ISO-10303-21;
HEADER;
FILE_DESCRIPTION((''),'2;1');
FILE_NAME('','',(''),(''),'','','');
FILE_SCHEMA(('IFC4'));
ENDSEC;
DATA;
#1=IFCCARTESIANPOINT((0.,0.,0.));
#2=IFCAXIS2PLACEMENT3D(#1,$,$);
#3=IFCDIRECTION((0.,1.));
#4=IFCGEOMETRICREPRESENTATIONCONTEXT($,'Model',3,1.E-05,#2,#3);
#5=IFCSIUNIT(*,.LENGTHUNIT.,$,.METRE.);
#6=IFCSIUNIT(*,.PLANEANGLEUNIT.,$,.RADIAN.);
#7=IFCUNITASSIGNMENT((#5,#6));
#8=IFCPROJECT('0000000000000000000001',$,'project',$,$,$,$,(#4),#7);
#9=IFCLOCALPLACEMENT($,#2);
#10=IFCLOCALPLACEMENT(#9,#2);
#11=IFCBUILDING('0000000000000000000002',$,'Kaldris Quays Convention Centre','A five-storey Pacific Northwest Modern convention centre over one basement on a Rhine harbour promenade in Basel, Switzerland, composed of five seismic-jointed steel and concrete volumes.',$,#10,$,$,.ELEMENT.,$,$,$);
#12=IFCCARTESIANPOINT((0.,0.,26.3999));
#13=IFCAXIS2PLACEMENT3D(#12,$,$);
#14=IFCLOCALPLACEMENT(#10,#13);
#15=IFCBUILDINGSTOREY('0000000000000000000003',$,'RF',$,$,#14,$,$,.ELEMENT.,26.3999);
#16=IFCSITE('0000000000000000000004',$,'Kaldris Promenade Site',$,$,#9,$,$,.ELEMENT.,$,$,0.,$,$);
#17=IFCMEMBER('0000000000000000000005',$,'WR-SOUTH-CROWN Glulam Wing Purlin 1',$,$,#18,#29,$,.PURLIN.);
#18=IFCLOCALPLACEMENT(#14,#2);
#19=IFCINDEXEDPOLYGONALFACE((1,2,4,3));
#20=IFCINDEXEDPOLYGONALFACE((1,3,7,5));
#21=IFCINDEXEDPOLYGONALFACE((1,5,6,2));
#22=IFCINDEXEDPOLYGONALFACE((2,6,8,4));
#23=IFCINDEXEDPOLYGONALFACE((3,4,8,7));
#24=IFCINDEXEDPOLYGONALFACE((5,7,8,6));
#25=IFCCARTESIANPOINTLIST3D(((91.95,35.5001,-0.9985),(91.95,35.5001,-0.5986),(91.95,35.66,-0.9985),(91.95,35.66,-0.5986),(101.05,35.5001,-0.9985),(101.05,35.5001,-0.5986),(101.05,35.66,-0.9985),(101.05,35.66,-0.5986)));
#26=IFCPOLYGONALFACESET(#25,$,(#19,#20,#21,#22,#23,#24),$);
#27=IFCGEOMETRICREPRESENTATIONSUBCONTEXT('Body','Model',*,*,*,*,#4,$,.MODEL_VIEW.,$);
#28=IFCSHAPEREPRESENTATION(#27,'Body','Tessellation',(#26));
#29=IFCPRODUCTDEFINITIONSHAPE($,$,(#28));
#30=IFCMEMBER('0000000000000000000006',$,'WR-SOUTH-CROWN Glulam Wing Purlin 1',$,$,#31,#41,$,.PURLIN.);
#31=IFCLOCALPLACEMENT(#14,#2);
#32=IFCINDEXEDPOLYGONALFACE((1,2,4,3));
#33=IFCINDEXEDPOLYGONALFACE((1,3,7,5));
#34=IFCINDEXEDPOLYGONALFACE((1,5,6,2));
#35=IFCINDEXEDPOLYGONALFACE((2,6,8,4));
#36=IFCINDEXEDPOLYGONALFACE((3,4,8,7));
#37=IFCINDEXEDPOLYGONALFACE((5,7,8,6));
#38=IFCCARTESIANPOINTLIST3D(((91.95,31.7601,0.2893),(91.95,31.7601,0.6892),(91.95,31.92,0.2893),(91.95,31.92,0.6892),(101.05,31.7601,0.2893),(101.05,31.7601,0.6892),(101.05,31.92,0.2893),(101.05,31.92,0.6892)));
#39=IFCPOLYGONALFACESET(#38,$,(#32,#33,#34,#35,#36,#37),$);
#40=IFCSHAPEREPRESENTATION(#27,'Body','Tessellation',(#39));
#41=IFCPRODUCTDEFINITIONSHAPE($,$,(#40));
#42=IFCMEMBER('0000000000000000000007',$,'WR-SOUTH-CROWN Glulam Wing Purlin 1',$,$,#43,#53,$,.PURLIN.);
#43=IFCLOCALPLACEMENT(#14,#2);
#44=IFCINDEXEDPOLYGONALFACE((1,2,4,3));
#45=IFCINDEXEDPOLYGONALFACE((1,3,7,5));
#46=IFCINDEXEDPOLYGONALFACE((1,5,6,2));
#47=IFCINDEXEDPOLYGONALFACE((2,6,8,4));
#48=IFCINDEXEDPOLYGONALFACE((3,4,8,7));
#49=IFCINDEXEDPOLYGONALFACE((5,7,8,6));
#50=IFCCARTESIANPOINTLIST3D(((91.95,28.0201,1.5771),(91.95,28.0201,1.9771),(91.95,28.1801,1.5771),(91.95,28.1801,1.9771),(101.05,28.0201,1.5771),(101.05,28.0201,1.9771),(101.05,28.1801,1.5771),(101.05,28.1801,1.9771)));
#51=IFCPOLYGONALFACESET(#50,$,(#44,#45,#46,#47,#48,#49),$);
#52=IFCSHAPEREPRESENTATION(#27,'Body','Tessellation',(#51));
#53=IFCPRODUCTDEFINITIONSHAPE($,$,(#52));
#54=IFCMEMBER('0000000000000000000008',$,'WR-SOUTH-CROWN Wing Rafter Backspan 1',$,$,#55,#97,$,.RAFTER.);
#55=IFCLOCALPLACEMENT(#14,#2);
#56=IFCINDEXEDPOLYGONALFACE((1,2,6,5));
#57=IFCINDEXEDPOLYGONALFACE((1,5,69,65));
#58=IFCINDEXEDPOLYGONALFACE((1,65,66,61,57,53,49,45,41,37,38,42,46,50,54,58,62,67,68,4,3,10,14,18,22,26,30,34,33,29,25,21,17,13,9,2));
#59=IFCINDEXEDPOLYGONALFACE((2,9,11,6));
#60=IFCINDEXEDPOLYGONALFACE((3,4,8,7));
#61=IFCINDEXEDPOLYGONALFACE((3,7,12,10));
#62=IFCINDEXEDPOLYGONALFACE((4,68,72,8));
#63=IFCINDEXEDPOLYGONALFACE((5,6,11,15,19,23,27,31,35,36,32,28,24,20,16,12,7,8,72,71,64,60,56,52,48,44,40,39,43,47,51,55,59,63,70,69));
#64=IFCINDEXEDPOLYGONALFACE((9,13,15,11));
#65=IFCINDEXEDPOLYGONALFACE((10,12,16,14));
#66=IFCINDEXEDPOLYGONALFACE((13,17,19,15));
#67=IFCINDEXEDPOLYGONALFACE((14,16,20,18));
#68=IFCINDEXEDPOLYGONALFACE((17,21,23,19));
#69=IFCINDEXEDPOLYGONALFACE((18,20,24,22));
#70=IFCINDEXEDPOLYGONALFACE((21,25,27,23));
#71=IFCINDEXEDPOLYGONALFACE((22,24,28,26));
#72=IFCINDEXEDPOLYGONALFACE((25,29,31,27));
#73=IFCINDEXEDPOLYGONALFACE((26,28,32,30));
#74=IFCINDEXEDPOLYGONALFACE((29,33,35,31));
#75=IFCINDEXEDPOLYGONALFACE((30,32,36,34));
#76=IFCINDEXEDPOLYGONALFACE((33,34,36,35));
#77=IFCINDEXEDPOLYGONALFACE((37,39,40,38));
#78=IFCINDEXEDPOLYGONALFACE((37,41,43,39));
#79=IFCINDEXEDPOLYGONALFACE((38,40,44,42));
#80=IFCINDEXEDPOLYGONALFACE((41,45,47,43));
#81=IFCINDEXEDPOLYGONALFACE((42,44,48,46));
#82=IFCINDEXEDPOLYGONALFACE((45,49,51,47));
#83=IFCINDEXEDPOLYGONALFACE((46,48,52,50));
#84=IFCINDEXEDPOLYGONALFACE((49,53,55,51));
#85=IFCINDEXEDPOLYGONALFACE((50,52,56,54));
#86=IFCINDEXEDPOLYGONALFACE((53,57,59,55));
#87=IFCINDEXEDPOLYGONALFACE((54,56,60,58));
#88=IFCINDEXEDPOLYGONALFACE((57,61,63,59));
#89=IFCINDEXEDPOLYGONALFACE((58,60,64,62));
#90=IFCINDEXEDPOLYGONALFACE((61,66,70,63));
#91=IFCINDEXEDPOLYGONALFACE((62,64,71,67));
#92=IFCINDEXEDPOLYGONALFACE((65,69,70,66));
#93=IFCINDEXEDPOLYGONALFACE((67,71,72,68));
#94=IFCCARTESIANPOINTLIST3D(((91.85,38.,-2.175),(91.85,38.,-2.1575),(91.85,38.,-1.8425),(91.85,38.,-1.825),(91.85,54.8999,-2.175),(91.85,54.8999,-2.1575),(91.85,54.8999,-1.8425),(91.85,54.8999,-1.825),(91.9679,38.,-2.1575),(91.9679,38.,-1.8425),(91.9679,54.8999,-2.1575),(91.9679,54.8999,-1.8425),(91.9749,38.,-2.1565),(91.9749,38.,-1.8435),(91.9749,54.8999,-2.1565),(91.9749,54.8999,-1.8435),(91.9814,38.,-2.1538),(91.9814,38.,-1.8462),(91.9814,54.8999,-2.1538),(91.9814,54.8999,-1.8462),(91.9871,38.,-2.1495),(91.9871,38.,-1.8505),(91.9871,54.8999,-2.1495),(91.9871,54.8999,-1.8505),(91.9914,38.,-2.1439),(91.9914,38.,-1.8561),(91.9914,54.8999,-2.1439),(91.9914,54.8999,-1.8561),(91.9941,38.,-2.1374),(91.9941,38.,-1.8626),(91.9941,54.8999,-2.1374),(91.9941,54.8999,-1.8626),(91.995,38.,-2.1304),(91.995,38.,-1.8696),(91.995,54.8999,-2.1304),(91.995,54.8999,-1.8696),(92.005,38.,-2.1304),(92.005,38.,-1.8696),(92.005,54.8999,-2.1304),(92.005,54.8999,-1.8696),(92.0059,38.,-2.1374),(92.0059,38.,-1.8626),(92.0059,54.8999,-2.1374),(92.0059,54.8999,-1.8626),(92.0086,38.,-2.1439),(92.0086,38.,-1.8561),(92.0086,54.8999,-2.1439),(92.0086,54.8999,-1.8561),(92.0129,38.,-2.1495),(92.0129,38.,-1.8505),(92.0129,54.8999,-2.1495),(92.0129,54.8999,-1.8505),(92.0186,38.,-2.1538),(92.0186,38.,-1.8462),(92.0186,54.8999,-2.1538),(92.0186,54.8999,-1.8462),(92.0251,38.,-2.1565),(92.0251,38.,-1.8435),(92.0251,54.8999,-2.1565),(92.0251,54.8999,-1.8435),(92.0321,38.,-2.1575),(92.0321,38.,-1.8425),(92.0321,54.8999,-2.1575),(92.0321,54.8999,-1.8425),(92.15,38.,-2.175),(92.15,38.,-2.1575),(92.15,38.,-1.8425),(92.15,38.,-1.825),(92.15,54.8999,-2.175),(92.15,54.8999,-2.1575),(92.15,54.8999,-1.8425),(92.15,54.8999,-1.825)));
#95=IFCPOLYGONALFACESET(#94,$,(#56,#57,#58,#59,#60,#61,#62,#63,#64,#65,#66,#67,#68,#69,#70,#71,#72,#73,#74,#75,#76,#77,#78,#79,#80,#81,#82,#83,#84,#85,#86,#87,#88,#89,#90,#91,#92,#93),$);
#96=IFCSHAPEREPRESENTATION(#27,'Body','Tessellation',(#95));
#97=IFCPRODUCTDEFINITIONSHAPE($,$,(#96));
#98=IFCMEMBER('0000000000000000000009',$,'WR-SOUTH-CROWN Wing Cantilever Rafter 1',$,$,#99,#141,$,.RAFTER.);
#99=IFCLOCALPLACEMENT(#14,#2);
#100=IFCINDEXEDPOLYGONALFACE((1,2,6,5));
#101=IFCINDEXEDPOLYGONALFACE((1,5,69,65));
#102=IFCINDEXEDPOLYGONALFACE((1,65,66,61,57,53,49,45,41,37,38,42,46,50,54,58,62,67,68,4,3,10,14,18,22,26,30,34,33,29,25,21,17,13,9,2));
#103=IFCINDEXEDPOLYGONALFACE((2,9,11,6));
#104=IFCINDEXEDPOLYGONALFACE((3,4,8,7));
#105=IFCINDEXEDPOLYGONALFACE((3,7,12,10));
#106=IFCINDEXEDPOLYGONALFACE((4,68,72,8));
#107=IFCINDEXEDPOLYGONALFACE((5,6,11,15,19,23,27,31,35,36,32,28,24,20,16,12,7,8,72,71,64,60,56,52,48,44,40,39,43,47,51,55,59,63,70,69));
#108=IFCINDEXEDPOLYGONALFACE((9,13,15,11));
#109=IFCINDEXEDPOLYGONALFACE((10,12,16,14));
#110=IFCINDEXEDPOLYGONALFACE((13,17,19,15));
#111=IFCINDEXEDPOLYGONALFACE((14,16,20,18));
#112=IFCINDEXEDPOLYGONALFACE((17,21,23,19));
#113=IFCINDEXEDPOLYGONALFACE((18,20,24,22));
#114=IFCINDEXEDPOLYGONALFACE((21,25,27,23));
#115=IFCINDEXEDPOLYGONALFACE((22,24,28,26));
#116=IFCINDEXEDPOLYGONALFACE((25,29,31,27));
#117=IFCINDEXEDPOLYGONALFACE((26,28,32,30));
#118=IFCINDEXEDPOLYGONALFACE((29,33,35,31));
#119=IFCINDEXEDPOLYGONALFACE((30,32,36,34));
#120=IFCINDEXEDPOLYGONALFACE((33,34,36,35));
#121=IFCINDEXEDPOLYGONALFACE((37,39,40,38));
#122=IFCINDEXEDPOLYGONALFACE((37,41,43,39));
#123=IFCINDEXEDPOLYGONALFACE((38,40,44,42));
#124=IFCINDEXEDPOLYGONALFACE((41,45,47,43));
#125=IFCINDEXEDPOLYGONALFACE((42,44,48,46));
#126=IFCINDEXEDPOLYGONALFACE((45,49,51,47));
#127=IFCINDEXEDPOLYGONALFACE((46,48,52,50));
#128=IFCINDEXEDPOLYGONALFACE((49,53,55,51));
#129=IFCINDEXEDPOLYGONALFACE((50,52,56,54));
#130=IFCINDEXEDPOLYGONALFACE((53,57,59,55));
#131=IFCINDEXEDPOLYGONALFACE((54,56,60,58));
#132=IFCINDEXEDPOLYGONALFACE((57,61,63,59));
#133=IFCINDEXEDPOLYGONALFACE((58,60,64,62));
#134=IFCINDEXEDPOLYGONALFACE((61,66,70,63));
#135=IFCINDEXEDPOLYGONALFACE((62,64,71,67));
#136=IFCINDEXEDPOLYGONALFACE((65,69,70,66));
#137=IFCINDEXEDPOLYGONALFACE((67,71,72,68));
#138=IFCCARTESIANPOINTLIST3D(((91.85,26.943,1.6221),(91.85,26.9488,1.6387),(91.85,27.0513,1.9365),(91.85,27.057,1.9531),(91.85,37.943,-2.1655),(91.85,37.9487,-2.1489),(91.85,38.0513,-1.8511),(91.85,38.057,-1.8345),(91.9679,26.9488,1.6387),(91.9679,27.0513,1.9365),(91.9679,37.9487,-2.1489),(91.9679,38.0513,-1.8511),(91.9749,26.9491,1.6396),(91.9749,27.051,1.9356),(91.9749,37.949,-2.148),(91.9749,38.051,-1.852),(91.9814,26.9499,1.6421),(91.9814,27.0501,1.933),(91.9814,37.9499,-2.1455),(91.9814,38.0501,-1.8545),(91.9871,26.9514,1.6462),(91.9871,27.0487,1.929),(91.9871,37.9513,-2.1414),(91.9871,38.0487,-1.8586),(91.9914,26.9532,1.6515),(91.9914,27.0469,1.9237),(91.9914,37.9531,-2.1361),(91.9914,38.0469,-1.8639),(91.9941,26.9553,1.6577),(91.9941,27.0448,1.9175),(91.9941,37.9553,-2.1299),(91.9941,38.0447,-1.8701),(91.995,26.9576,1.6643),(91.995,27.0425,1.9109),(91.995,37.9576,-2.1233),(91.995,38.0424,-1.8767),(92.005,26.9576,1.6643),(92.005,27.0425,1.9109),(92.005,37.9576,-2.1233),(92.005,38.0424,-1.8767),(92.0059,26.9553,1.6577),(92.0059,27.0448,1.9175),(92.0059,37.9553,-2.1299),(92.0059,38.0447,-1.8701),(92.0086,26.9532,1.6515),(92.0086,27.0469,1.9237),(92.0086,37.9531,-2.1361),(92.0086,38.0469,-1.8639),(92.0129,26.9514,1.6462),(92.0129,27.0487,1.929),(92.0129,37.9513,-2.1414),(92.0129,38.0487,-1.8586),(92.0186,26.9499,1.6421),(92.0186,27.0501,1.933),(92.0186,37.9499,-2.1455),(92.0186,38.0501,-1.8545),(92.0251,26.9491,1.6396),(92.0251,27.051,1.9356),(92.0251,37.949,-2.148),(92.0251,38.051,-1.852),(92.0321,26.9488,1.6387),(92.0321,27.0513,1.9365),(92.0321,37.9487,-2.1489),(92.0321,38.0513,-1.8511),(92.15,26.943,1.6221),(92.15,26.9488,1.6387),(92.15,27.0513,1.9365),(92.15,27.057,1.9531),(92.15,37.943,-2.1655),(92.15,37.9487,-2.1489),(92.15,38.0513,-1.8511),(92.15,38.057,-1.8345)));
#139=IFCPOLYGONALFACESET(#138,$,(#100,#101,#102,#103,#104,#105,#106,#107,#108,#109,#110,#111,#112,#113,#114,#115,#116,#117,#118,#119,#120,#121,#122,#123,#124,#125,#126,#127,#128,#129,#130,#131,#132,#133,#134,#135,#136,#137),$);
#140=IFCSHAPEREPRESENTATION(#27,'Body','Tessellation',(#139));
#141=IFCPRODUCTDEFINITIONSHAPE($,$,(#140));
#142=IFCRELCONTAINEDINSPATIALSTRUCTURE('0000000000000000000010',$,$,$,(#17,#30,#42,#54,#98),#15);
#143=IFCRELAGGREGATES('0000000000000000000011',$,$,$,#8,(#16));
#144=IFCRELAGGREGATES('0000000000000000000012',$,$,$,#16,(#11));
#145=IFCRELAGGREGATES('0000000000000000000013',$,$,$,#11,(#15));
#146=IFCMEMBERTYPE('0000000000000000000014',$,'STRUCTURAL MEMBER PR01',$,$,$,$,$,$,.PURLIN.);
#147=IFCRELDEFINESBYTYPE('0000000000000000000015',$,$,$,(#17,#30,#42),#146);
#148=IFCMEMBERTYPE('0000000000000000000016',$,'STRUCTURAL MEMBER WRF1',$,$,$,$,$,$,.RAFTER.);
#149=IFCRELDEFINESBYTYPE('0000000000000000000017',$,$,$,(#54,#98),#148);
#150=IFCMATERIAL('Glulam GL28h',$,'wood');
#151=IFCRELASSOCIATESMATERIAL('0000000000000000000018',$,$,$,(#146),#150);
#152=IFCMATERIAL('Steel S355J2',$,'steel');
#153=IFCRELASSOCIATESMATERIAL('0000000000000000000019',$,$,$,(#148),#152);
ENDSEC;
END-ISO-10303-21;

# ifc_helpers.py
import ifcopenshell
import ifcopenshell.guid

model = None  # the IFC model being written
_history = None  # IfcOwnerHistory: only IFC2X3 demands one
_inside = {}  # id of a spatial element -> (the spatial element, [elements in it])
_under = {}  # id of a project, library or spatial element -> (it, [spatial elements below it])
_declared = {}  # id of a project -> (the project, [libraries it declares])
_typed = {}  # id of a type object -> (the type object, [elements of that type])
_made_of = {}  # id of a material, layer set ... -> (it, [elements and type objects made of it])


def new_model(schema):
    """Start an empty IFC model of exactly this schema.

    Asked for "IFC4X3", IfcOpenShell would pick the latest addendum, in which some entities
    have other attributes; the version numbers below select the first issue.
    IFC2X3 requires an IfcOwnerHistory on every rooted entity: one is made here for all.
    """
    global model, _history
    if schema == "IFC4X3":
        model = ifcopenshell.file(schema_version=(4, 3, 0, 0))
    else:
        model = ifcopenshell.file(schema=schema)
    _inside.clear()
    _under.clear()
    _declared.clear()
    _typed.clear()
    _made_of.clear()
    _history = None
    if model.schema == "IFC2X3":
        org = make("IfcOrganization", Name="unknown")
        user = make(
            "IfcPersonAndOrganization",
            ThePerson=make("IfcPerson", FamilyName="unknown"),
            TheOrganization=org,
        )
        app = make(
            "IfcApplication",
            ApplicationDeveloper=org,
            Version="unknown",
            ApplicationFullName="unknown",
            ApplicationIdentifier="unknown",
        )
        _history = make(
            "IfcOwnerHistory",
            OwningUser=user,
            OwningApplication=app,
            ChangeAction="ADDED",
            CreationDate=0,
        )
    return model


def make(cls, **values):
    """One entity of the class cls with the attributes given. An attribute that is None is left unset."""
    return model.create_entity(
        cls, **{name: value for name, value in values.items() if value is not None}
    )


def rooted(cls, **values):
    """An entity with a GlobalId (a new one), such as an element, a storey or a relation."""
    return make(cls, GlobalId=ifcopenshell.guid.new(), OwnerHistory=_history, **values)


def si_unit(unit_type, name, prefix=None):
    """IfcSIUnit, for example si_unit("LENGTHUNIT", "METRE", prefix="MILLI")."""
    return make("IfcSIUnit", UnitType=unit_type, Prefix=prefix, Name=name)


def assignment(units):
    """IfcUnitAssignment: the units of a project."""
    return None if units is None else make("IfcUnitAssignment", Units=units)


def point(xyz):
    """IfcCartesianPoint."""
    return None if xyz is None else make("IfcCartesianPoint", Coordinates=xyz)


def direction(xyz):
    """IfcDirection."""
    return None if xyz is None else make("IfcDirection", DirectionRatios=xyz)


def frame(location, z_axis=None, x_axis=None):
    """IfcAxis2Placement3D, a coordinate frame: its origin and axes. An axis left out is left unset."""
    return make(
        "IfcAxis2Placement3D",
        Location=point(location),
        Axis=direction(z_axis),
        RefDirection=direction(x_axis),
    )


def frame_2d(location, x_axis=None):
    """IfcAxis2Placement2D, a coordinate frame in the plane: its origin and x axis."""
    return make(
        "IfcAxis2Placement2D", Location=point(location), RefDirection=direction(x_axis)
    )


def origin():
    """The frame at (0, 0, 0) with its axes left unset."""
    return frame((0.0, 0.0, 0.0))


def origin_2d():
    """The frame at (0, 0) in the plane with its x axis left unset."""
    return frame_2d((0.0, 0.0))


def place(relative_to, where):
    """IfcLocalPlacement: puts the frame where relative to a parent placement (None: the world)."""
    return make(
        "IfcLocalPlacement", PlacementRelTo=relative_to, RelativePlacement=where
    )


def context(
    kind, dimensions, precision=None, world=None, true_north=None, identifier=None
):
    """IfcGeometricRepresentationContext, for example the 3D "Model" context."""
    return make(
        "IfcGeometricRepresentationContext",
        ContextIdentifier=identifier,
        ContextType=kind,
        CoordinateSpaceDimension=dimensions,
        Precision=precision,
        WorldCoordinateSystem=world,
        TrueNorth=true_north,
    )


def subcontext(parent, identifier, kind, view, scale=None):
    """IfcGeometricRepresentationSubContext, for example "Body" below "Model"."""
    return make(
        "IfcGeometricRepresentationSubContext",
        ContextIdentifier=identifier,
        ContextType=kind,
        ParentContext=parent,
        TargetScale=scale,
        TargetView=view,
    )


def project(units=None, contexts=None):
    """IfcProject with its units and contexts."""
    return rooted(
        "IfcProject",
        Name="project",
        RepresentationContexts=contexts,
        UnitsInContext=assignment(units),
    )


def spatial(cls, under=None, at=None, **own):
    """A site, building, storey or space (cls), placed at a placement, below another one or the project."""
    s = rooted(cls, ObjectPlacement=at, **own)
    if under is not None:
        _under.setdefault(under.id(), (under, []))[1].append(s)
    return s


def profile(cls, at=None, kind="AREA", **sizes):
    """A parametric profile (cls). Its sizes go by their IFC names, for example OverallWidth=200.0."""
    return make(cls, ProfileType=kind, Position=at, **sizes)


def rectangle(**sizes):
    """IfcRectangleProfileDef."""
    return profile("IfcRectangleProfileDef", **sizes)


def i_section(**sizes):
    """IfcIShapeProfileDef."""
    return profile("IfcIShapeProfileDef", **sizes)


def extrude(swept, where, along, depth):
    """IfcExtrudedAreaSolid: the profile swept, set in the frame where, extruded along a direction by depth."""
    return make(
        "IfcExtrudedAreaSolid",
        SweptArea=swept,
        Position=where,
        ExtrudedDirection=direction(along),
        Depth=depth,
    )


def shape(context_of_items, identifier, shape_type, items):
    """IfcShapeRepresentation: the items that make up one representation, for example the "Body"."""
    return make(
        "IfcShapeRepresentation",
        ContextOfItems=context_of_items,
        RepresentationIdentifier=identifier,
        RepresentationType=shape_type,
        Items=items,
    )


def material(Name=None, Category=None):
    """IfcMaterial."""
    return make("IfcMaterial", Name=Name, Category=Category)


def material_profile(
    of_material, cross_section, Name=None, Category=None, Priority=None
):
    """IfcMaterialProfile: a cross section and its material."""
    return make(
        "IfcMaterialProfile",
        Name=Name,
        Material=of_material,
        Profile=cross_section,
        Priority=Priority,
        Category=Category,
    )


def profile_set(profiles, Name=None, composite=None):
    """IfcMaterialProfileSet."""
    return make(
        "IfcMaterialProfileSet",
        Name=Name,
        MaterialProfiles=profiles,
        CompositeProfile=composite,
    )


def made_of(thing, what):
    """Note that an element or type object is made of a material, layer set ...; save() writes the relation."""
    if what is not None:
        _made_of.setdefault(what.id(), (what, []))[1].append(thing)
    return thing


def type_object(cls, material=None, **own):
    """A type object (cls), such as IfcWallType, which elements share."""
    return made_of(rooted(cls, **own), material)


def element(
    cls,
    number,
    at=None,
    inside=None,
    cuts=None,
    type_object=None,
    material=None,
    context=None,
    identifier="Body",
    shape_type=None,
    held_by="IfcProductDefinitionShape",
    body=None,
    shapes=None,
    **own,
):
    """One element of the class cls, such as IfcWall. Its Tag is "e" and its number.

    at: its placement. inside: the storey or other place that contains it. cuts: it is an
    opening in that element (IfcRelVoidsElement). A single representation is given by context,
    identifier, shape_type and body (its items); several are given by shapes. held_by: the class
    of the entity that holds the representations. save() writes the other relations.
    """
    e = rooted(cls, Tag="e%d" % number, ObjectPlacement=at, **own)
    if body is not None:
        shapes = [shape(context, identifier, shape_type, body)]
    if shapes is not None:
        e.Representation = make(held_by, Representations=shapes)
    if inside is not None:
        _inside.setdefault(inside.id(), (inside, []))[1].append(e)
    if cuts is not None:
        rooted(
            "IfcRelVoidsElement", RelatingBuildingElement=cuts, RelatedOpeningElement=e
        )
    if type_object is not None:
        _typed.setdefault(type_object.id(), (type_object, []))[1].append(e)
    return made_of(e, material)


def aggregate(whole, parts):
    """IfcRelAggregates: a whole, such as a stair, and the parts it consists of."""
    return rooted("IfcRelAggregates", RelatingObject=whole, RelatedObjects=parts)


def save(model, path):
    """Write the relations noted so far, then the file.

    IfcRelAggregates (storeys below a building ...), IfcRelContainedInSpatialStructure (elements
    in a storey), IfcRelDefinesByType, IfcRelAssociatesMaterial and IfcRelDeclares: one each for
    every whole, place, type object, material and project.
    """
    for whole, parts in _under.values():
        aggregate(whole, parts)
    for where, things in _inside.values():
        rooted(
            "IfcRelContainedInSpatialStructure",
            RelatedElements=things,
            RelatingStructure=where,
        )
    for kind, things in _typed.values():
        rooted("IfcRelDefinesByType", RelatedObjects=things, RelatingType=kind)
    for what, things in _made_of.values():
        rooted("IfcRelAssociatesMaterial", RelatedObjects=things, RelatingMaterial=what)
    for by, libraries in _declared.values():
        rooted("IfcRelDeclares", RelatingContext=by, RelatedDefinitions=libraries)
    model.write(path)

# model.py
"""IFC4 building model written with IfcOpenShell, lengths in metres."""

from ifc_helpers import new_model, si_unit, direction, frame, origin, origin_2d, place, context, subcontext, project, spatial, rectangle, i_section, extrude, material, material_profile, profile_set, type_object, element, save


model = new_model("IFC4")

# Units and contexts
model_context = context("Model", 3, precision=1e-05, world=origin(), true_north=direction((0.0, 1.0)))
body_context = subcontext(model_context, "Body", "Model", "MODEL_VIEW")
ifc_project = project(units=[si_unit("LENGTHUNIT", "METRE"), si_unit("PLANEANGLEUNIT", "RADIAN")], contexts=[model_context])

# Site, building, storey
site_placement = place(None, origin())
site = spatial("IfcSite", under=ifc_project, at=site_placement, Name="Kaldris Promenade Site", CompositionType="ELEMENT", RefElevation=0.0)
building_placement = place(site_placement, origin())
building = spatial("IfcBuilding", under=site, at=building_placement, Name="Kaldris Quays Convention Centre", Description="A five-storey Pacific Northwest Modern convention centre over one basement on a Rhine harbour promenade in Basel, Switzerland, composed of five seismic-jointed steel and concrete volumes.", CompositionType="ELEMENT")
storey_placement = place(building_placement, frame((0.0, 0.0, 26.3999)))
storey = spatial("IfcBuildingStorey", under=building, at=storey_placement, Name="RF", CompositionType="ELEMENT", Elevation=26.3999)

# Members
ifc_material_1 = material(Name="Glulam GL28h", Category="wood")
ifc_material_profile_1 = material_profile(ifc_material_1, rectangle(XDim=0.1599, YDim=0.3999, at=origin_2d()), Name="GL 160x400")
ifc_profile_set_1 = profile_set([ifc_material_profile_1], Name="Glulam GL28h")
member_type_1 = type_object("IfcMemberType", Name="STRUCTURAL MEMBER PR01", PredefinedType="PURLIN", material=ifc_profile_set_1)
for number, where, z_axis, x_axis, name in (
    (1, (91.95, 35.5801, -0.7986), (1.0, 0.0, 0.0), (0.0, 1.0, 0.0), "WR-SOUTH-CROWN Glulam Wing Purlin 1"),
    (2, (91.95, 31.8401, 0.4893), (1.0, 0.0, 0.0), (0.0, 1.0, 0.0), "WR-SOUTH-CROWN Glulam Wing Purlin 1"),
    (3, (91.95, 28.1001, 1.7771), (1.0, 0.0, 0.0), (0.0, 1.0, 0.0), "WR-SOUTH-CROWN Glulam Wing Purlin 1"),
):
    element("IfcMember", number, at=place(storey_placement, frame(where, z_axis=z_axis, x_axis=x_axis)), inside=storey, type_object=member_type_1, Name=name, PredefinedType="PURLIN", context=body_context, shape_type="SweptSolid", body=[
        extrude(rectangle(XDim=0.1599, YDim=0.3999, at=origin_2d()), origin(), (0.0, 0.0, 1.0), 9.1001),
    ])
ifc_material_2 = material(Name="Steel S355J2", Category="steel")
ifc_material_profile_2 = material_profile(ifc_material_2, i_section(OverallWidth=0.3, OverallDepth=0.3501, WebThickness=0.01, FlangeThickness=0.0176, FilletRadius=0.0271, at=origin_2d()), Name="HEA 360")
ifc_profile_set_2 = profile_set([ifc_material_profile_2], Name="Steel S355J2")
member_type_2 = type_object("IfcMemberType", Name="STRUCTURAL MEMBER WRF1", PredefinedType="RAFTER", material=ifc_profile_set_2)
member_1_placement = place(storey_placement, frame((92.0, 54.8999, -2.0), z_axis=(0.0, -1.0, 0.0), x_axis=(1.0, 0.0, 0.0)))
element("IfcMember", 4, at=member_1_placement, inside=storey, type_object=member_type_2, Name="WR-SOUTH-CROWN Wing Rafter Backspan 1", PredefinedType="RAFTER", context=body_context, shape_type="SweptSolid", body=[
    extrude(i_section(OverallWidth=0.3, OverallDepth=0.3501, WebThickness=0.01, FlangeThickness=0.0176, FilletRadius=0.0271, at=origin_2d()), origin(), (0.0, 0.0, 1.0), 16.8999),
])
member_2_placement = place(storey_placement, frame((92.0, 38.0, -2.0), z_axis=(0.0, -0.945519, 0.325568), x_axis=(1.0, 0.0, 0.0)))
element("IfcMember", 5, at=member_2_placement, inside=storey, type_object=member_type_2, Name="WR-SOUTH-CROWN Wing Cantilever Rafter 1", PredefinedType="RAFTER", context=body_context, shape_type="SweptSolid", body=[
    extrude(i_section(OverallWidth=0.3, OverallDepth=0.3501, WebThickness=0.01, FlangeThickness=0.0176, FilletRadius=0.0271, at=origin_2d()), origin(), (0.0, 0.0, 1.0), 11.6338),
])

save(model, "model.ifc")
